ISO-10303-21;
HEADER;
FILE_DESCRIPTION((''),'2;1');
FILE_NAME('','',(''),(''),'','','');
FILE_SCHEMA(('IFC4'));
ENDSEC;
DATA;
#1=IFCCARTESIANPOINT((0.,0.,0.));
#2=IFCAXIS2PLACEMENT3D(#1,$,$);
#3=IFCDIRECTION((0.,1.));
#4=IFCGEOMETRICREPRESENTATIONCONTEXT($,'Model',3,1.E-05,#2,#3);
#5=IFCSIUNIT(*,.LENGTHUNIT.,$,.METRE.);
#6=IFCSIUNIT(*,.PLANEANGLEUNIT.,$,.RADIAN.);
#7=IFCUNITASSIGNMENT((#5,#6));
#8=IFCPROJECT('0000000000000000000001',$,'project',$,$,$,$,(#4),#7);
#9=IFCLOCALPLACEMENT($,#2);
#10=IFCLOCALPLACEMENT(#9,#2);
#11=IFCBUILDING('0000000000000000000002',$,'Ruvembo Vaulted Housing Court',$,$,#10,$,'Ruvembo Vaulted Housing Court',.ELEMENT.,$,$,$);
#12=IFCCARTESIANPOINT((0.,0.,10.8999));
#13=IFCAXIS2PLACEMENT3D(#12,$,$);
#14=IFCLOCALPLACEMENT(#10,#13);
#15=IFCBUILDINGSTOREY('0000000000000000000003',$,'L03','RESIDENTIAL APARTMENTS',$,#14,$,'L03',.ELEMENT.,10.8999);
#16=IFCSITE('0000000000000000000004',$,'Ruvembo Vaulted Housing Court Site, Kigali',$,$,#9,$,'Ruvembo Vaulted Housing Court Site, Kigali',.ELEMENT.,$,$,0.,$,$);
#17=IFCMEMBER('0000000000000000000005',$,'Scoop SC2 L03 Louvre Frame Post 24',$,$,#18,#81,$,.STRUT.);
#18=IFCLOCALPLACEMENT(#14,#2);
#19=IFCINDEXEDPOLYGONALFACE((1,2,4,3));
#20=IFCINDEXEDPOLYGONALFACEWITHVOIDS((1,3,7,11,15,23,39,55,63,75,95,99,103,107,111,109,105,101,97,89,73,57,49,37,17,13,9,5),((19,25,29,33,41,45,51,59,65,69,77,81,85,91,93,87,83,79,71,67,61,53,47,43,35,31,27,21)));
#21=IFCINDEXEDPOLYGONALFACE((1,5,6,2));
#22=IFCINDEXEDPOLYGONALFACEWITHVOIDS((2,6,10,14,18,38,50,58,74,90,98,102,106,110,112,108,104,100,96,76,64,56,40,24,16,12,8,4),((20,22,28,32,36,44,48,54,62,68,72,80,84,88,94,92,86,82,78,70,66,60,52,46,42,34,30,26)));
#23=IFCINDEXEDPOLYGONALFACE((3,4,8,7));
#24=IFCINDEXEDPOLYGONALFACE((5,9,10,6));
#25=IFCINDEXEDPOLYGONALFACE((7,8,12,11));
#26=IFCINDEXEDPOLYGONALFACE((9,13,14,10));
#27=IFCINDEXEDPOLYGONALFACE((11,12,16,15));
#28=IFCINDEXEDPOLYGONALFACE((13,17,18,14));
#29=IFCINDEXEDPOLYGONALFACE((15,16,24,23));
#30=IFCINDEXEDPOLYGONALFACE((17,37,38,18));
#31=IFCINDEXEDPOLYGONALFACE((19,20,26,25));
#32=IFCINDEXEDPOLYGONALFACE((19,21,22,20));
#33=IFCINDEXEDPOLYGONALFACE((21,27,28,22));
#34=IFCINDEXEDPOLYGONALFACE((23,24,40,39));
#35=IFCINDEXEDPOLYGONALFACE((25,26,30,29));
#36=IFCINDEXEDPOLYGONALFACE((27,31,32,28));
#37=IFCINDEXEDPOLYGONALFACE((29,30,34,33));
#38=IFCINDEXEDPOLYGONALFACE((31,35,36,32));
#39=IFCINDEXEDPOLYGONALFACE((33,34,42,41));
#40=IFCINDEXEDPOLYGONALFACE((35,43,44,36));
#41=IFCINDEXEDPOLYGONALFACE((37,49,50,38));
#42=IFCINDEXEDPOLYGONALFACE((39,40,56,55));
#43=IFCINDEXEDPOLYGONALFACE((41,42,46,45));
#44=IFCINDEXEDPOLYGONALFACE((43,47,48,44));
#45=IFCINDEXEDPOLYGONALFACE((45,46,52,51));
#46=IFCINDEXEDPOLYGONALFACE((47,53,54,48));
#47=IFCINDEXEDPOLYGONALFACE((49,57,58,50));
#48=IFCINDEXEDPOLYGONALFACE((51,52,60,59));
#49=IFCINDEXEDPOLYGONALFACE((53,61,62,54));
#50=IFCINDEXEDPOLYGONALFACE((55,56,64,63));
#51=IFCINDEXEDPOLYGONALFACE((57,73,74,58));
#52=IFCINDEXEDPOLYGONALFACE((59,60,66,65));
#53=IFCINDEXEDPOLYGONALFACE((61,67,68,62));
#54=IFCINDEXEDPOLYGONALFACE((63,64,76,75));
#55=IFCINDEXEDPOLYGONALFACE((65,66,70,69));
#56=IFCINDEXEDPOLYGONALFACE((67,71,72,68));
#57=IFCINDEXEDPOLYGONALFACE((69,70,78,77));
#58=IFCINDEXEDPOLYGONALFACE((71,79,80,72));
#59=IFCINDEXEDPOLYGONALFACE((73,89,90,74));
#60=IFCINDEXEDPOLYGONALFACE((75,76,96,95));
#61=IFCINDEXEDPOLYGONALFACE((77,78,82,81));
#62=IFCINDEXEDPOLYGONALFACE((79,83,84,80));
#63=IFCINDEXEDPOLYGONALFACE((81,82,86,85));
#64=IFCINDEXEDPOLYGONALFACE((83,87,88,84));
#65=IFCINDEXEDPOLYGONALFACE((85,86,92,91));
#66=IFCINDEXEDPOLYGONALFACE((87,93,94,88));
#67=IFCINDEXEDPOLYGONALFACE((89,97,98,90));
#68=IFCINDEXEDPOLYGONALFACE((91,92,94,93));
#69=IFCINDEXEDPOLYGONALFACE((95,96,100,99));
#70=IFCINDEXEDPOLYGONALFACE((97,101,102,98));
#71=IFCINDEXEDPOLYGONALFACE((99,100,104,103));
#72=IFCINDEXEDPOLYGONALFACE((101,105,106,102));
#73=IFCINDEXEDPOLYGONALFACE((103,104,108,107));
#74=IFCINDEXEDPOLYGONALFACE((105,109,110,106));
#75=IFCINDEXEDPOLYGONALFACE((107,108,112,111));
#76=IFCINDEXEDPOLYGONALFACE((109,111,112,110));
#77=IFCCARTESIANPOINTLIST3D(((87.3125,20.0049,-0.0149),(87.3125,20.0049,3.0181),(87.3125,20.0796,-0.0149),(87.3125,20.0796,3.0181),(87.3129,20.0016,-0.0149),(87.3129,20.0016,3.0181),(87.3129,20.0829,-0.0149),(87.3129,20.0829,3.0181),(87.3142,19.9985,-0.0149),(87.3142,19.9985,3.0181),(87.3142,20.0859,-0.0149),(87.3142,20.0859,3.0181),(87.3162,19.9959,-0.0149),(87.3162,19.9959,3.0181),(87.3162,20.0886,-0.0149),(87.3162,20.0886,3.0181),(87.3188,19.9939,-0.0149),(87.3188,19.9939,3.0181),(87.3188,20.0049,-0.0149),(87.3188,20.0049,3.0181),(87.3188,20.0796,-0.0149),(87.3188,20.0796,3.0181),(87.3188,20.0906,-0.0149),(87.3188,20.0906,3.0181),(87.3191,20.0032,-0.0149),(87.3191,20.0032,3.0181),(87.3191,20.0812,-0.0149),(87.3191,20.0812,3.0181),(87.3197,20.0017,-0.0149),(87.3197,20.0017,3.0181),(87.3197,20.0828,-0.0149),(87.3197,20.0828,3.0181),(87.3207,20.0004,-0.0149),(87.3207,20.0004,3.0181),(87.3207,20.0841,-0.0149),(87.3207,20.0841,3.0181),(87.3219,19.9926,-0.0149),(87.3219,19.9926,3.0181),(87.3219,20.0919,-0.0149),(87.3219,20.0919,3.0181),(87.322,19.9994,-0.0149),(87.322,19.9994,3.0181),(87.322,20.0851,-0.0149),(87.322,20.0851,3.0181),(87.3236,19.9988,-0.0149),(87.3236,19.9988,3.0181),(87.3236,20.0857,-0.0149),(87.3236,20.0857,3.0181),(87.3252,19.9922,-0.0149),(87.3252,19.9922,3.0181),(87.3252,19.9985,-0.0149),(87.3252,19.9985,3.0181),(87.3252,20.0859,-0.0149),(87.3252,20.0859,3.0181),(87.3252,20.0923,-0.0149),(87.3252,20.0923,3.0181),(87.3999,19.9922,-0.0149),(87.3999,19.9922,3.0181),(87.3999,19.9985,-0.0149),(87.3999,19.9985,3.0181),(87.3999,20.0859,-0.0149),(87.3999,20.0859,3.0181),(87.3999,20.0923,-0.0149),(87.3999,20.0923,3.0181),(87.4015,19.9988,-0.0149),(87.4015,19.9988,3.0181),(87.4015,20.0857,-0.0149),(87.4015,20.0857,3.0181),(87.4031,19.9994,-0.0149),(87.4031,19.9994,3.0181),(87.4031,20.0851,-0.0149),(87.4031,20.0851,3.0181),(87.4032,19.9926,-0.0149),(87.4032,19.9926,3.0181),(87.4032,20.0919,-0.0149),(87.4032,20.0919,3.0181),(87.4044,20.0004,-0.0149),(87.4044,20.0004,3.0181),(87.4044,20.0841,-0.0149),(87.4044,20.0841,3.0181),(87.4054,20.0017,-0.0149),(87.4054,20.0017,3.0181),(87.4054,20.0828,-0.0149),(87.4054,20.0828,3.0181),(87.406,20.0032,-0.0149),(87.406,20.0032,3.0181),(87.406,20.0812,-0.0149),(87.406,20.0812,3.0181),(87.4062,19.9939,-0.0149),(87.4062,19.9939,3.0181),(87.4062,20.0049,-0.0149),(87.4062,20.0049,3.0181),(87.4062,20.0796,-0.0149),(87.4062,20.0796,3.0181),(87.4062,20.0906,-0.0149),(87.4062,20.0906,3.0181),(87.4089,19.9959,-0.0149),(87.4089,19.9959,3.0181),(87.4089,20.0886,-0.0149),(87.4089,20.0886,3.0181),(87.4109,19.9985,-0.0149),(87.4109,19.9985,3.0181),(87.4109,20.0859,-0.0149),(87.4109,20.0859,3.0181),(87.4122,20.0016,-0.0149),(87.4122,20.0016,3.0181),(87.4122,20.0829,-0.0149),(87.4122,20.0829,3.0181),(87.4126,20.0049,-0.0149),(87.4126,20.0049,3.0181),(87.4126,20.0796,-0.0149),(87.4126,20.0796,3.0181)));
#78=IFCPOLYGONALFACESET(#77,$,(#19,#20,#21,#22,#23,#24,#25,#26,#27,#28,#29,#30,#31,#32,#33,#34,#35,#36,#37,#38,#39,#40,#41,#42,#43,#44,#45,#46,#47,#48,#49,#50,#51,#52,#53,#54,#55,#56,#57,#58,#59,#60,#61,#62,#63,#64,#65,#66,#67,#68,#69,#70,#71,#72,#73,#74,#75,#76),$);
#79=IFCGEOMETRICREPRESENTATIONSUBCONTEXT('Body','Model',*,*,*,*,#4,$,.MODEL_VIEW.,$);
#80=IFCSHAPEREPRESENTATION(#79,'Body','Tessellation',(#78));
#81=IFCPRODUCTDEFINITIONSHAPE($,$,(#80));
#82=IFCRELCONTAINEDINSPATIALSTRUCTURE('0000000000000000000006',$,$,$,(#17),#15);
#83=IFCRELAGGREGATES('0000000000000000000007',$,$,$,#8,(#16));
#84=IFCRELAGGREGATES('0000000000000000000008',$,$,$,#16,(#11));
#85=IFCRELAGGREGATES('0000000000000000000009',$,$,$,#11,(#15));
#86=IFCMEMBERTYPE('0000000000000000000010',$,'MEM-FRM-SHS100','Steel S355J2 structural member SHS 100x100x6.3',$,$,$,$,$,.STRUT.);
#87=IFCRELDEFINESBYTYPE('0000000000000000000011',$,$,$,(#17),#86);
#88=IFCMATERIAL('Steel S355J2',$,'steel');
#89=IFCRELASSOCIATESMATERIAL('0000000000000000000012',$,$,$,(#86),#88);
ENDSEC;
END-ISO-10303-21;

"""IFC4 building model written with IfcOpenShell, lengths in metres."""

from ifc_helpers import new_model, si_unit, direction, frame, origin, origin_2d, place, context, subcontext, project, spatial, hollow_rectangle, extrude, material, material_profile, profile_set, type_object, element, save


model = new_model("IFC4")

# Units and contexts
model_context = context("Model", 3, precision=1e-05, world=origin(), true_north=direction((0.0, 1.0)))
body_context = subcontext(model_context, "Body", "Model", "MODEL_VIEW")
ifc_project = project(units=[si_unit("LENGTHUNIT", "METRE"), si_unit("PLANEANGLEUNIT", "RADIAN")], contexts=[model_context])

# Site, building, storey
site_placement = place(None, origin())
site = spatial("IfcSite", under=ifc_project, at=site_placement, Name="Ruvembo Vaulted Housing Court Site, Kigali", LongName="Ruvembo Vaulted Housing Court Site, Kigali", CompositionType="ELEMENT", RefElevation=0.0)
building_placement = place(site_placement, origin())
building = spatial("IfcBuilding", under=site, at=building_placement, Name="Ruvembo Vaulted Housing Court", LongName="Ruvembo Vaulted Housing Court", CompositionType="ELEMENT")
storey_placement = place(building_placement, frame((0.0, 0.0, 10.8999)))
storey = spatial("IfcBuildingStorey", under=building, at=storey_placement, Name="L03", Description="RESIDENTIAL APARTMENTS", LongName="L03", CompositionType="ELEMENT", Elevation=10.8999)

# Shared definitions
ifc_material_1 = material(Name="Steel S355J2", Category="steel")

# Member
ifc_material_profile_1 = material_profile(ifc_material_1, hollow_rectangle(XDim=0.1001, YDim=0.1001, WallThickness=0.0063, InnerFilletRadius=0.0063, OuterFilletRadius=0.0127, at=origin_2d()), Name="SHS 100x100x6.3")
ifc_profile_set_1 = profile_set([ifc_material_profile_1], Name="Steel S355J2")
member_type_1 = type_object("IfcMemberType", Name="MEM-FRM-SHS100", Description="Steel S355J2 structural member SHS 100x100x6.3", PredefinedType="STRUT", material=ifc_profile_set_1)
for number, where, z_axis, x_axis, name in (
    (1, (87.3625, 20.0422, -0.0149), (0.0, 0.0, 1.0), (1.0, 0.0, 0.0), "Scoop SC2 L03 Louvre Frame Post 24"),
):
    element("IfcMember", number, at=place(storey_placement, frame(where, z_axis=z_axis, x_axis=x_axis)), inside=storey, type_object=member_type_1, Name=name, PredefinedType="STRUT", context=body_context, shape_type="SweptSolid", body=[
        extrude(hollow_rectangle(XDim=0.1001, YDim=0.1001, WallThickness=0.0063, InnerFilletRadius=0.0063, OuterFilletRadius=0.0127, at=origin_2d()), origin(), (0.0, 0.0, 1.0), 3.033),
    ])

save(model, "model.ifc")
